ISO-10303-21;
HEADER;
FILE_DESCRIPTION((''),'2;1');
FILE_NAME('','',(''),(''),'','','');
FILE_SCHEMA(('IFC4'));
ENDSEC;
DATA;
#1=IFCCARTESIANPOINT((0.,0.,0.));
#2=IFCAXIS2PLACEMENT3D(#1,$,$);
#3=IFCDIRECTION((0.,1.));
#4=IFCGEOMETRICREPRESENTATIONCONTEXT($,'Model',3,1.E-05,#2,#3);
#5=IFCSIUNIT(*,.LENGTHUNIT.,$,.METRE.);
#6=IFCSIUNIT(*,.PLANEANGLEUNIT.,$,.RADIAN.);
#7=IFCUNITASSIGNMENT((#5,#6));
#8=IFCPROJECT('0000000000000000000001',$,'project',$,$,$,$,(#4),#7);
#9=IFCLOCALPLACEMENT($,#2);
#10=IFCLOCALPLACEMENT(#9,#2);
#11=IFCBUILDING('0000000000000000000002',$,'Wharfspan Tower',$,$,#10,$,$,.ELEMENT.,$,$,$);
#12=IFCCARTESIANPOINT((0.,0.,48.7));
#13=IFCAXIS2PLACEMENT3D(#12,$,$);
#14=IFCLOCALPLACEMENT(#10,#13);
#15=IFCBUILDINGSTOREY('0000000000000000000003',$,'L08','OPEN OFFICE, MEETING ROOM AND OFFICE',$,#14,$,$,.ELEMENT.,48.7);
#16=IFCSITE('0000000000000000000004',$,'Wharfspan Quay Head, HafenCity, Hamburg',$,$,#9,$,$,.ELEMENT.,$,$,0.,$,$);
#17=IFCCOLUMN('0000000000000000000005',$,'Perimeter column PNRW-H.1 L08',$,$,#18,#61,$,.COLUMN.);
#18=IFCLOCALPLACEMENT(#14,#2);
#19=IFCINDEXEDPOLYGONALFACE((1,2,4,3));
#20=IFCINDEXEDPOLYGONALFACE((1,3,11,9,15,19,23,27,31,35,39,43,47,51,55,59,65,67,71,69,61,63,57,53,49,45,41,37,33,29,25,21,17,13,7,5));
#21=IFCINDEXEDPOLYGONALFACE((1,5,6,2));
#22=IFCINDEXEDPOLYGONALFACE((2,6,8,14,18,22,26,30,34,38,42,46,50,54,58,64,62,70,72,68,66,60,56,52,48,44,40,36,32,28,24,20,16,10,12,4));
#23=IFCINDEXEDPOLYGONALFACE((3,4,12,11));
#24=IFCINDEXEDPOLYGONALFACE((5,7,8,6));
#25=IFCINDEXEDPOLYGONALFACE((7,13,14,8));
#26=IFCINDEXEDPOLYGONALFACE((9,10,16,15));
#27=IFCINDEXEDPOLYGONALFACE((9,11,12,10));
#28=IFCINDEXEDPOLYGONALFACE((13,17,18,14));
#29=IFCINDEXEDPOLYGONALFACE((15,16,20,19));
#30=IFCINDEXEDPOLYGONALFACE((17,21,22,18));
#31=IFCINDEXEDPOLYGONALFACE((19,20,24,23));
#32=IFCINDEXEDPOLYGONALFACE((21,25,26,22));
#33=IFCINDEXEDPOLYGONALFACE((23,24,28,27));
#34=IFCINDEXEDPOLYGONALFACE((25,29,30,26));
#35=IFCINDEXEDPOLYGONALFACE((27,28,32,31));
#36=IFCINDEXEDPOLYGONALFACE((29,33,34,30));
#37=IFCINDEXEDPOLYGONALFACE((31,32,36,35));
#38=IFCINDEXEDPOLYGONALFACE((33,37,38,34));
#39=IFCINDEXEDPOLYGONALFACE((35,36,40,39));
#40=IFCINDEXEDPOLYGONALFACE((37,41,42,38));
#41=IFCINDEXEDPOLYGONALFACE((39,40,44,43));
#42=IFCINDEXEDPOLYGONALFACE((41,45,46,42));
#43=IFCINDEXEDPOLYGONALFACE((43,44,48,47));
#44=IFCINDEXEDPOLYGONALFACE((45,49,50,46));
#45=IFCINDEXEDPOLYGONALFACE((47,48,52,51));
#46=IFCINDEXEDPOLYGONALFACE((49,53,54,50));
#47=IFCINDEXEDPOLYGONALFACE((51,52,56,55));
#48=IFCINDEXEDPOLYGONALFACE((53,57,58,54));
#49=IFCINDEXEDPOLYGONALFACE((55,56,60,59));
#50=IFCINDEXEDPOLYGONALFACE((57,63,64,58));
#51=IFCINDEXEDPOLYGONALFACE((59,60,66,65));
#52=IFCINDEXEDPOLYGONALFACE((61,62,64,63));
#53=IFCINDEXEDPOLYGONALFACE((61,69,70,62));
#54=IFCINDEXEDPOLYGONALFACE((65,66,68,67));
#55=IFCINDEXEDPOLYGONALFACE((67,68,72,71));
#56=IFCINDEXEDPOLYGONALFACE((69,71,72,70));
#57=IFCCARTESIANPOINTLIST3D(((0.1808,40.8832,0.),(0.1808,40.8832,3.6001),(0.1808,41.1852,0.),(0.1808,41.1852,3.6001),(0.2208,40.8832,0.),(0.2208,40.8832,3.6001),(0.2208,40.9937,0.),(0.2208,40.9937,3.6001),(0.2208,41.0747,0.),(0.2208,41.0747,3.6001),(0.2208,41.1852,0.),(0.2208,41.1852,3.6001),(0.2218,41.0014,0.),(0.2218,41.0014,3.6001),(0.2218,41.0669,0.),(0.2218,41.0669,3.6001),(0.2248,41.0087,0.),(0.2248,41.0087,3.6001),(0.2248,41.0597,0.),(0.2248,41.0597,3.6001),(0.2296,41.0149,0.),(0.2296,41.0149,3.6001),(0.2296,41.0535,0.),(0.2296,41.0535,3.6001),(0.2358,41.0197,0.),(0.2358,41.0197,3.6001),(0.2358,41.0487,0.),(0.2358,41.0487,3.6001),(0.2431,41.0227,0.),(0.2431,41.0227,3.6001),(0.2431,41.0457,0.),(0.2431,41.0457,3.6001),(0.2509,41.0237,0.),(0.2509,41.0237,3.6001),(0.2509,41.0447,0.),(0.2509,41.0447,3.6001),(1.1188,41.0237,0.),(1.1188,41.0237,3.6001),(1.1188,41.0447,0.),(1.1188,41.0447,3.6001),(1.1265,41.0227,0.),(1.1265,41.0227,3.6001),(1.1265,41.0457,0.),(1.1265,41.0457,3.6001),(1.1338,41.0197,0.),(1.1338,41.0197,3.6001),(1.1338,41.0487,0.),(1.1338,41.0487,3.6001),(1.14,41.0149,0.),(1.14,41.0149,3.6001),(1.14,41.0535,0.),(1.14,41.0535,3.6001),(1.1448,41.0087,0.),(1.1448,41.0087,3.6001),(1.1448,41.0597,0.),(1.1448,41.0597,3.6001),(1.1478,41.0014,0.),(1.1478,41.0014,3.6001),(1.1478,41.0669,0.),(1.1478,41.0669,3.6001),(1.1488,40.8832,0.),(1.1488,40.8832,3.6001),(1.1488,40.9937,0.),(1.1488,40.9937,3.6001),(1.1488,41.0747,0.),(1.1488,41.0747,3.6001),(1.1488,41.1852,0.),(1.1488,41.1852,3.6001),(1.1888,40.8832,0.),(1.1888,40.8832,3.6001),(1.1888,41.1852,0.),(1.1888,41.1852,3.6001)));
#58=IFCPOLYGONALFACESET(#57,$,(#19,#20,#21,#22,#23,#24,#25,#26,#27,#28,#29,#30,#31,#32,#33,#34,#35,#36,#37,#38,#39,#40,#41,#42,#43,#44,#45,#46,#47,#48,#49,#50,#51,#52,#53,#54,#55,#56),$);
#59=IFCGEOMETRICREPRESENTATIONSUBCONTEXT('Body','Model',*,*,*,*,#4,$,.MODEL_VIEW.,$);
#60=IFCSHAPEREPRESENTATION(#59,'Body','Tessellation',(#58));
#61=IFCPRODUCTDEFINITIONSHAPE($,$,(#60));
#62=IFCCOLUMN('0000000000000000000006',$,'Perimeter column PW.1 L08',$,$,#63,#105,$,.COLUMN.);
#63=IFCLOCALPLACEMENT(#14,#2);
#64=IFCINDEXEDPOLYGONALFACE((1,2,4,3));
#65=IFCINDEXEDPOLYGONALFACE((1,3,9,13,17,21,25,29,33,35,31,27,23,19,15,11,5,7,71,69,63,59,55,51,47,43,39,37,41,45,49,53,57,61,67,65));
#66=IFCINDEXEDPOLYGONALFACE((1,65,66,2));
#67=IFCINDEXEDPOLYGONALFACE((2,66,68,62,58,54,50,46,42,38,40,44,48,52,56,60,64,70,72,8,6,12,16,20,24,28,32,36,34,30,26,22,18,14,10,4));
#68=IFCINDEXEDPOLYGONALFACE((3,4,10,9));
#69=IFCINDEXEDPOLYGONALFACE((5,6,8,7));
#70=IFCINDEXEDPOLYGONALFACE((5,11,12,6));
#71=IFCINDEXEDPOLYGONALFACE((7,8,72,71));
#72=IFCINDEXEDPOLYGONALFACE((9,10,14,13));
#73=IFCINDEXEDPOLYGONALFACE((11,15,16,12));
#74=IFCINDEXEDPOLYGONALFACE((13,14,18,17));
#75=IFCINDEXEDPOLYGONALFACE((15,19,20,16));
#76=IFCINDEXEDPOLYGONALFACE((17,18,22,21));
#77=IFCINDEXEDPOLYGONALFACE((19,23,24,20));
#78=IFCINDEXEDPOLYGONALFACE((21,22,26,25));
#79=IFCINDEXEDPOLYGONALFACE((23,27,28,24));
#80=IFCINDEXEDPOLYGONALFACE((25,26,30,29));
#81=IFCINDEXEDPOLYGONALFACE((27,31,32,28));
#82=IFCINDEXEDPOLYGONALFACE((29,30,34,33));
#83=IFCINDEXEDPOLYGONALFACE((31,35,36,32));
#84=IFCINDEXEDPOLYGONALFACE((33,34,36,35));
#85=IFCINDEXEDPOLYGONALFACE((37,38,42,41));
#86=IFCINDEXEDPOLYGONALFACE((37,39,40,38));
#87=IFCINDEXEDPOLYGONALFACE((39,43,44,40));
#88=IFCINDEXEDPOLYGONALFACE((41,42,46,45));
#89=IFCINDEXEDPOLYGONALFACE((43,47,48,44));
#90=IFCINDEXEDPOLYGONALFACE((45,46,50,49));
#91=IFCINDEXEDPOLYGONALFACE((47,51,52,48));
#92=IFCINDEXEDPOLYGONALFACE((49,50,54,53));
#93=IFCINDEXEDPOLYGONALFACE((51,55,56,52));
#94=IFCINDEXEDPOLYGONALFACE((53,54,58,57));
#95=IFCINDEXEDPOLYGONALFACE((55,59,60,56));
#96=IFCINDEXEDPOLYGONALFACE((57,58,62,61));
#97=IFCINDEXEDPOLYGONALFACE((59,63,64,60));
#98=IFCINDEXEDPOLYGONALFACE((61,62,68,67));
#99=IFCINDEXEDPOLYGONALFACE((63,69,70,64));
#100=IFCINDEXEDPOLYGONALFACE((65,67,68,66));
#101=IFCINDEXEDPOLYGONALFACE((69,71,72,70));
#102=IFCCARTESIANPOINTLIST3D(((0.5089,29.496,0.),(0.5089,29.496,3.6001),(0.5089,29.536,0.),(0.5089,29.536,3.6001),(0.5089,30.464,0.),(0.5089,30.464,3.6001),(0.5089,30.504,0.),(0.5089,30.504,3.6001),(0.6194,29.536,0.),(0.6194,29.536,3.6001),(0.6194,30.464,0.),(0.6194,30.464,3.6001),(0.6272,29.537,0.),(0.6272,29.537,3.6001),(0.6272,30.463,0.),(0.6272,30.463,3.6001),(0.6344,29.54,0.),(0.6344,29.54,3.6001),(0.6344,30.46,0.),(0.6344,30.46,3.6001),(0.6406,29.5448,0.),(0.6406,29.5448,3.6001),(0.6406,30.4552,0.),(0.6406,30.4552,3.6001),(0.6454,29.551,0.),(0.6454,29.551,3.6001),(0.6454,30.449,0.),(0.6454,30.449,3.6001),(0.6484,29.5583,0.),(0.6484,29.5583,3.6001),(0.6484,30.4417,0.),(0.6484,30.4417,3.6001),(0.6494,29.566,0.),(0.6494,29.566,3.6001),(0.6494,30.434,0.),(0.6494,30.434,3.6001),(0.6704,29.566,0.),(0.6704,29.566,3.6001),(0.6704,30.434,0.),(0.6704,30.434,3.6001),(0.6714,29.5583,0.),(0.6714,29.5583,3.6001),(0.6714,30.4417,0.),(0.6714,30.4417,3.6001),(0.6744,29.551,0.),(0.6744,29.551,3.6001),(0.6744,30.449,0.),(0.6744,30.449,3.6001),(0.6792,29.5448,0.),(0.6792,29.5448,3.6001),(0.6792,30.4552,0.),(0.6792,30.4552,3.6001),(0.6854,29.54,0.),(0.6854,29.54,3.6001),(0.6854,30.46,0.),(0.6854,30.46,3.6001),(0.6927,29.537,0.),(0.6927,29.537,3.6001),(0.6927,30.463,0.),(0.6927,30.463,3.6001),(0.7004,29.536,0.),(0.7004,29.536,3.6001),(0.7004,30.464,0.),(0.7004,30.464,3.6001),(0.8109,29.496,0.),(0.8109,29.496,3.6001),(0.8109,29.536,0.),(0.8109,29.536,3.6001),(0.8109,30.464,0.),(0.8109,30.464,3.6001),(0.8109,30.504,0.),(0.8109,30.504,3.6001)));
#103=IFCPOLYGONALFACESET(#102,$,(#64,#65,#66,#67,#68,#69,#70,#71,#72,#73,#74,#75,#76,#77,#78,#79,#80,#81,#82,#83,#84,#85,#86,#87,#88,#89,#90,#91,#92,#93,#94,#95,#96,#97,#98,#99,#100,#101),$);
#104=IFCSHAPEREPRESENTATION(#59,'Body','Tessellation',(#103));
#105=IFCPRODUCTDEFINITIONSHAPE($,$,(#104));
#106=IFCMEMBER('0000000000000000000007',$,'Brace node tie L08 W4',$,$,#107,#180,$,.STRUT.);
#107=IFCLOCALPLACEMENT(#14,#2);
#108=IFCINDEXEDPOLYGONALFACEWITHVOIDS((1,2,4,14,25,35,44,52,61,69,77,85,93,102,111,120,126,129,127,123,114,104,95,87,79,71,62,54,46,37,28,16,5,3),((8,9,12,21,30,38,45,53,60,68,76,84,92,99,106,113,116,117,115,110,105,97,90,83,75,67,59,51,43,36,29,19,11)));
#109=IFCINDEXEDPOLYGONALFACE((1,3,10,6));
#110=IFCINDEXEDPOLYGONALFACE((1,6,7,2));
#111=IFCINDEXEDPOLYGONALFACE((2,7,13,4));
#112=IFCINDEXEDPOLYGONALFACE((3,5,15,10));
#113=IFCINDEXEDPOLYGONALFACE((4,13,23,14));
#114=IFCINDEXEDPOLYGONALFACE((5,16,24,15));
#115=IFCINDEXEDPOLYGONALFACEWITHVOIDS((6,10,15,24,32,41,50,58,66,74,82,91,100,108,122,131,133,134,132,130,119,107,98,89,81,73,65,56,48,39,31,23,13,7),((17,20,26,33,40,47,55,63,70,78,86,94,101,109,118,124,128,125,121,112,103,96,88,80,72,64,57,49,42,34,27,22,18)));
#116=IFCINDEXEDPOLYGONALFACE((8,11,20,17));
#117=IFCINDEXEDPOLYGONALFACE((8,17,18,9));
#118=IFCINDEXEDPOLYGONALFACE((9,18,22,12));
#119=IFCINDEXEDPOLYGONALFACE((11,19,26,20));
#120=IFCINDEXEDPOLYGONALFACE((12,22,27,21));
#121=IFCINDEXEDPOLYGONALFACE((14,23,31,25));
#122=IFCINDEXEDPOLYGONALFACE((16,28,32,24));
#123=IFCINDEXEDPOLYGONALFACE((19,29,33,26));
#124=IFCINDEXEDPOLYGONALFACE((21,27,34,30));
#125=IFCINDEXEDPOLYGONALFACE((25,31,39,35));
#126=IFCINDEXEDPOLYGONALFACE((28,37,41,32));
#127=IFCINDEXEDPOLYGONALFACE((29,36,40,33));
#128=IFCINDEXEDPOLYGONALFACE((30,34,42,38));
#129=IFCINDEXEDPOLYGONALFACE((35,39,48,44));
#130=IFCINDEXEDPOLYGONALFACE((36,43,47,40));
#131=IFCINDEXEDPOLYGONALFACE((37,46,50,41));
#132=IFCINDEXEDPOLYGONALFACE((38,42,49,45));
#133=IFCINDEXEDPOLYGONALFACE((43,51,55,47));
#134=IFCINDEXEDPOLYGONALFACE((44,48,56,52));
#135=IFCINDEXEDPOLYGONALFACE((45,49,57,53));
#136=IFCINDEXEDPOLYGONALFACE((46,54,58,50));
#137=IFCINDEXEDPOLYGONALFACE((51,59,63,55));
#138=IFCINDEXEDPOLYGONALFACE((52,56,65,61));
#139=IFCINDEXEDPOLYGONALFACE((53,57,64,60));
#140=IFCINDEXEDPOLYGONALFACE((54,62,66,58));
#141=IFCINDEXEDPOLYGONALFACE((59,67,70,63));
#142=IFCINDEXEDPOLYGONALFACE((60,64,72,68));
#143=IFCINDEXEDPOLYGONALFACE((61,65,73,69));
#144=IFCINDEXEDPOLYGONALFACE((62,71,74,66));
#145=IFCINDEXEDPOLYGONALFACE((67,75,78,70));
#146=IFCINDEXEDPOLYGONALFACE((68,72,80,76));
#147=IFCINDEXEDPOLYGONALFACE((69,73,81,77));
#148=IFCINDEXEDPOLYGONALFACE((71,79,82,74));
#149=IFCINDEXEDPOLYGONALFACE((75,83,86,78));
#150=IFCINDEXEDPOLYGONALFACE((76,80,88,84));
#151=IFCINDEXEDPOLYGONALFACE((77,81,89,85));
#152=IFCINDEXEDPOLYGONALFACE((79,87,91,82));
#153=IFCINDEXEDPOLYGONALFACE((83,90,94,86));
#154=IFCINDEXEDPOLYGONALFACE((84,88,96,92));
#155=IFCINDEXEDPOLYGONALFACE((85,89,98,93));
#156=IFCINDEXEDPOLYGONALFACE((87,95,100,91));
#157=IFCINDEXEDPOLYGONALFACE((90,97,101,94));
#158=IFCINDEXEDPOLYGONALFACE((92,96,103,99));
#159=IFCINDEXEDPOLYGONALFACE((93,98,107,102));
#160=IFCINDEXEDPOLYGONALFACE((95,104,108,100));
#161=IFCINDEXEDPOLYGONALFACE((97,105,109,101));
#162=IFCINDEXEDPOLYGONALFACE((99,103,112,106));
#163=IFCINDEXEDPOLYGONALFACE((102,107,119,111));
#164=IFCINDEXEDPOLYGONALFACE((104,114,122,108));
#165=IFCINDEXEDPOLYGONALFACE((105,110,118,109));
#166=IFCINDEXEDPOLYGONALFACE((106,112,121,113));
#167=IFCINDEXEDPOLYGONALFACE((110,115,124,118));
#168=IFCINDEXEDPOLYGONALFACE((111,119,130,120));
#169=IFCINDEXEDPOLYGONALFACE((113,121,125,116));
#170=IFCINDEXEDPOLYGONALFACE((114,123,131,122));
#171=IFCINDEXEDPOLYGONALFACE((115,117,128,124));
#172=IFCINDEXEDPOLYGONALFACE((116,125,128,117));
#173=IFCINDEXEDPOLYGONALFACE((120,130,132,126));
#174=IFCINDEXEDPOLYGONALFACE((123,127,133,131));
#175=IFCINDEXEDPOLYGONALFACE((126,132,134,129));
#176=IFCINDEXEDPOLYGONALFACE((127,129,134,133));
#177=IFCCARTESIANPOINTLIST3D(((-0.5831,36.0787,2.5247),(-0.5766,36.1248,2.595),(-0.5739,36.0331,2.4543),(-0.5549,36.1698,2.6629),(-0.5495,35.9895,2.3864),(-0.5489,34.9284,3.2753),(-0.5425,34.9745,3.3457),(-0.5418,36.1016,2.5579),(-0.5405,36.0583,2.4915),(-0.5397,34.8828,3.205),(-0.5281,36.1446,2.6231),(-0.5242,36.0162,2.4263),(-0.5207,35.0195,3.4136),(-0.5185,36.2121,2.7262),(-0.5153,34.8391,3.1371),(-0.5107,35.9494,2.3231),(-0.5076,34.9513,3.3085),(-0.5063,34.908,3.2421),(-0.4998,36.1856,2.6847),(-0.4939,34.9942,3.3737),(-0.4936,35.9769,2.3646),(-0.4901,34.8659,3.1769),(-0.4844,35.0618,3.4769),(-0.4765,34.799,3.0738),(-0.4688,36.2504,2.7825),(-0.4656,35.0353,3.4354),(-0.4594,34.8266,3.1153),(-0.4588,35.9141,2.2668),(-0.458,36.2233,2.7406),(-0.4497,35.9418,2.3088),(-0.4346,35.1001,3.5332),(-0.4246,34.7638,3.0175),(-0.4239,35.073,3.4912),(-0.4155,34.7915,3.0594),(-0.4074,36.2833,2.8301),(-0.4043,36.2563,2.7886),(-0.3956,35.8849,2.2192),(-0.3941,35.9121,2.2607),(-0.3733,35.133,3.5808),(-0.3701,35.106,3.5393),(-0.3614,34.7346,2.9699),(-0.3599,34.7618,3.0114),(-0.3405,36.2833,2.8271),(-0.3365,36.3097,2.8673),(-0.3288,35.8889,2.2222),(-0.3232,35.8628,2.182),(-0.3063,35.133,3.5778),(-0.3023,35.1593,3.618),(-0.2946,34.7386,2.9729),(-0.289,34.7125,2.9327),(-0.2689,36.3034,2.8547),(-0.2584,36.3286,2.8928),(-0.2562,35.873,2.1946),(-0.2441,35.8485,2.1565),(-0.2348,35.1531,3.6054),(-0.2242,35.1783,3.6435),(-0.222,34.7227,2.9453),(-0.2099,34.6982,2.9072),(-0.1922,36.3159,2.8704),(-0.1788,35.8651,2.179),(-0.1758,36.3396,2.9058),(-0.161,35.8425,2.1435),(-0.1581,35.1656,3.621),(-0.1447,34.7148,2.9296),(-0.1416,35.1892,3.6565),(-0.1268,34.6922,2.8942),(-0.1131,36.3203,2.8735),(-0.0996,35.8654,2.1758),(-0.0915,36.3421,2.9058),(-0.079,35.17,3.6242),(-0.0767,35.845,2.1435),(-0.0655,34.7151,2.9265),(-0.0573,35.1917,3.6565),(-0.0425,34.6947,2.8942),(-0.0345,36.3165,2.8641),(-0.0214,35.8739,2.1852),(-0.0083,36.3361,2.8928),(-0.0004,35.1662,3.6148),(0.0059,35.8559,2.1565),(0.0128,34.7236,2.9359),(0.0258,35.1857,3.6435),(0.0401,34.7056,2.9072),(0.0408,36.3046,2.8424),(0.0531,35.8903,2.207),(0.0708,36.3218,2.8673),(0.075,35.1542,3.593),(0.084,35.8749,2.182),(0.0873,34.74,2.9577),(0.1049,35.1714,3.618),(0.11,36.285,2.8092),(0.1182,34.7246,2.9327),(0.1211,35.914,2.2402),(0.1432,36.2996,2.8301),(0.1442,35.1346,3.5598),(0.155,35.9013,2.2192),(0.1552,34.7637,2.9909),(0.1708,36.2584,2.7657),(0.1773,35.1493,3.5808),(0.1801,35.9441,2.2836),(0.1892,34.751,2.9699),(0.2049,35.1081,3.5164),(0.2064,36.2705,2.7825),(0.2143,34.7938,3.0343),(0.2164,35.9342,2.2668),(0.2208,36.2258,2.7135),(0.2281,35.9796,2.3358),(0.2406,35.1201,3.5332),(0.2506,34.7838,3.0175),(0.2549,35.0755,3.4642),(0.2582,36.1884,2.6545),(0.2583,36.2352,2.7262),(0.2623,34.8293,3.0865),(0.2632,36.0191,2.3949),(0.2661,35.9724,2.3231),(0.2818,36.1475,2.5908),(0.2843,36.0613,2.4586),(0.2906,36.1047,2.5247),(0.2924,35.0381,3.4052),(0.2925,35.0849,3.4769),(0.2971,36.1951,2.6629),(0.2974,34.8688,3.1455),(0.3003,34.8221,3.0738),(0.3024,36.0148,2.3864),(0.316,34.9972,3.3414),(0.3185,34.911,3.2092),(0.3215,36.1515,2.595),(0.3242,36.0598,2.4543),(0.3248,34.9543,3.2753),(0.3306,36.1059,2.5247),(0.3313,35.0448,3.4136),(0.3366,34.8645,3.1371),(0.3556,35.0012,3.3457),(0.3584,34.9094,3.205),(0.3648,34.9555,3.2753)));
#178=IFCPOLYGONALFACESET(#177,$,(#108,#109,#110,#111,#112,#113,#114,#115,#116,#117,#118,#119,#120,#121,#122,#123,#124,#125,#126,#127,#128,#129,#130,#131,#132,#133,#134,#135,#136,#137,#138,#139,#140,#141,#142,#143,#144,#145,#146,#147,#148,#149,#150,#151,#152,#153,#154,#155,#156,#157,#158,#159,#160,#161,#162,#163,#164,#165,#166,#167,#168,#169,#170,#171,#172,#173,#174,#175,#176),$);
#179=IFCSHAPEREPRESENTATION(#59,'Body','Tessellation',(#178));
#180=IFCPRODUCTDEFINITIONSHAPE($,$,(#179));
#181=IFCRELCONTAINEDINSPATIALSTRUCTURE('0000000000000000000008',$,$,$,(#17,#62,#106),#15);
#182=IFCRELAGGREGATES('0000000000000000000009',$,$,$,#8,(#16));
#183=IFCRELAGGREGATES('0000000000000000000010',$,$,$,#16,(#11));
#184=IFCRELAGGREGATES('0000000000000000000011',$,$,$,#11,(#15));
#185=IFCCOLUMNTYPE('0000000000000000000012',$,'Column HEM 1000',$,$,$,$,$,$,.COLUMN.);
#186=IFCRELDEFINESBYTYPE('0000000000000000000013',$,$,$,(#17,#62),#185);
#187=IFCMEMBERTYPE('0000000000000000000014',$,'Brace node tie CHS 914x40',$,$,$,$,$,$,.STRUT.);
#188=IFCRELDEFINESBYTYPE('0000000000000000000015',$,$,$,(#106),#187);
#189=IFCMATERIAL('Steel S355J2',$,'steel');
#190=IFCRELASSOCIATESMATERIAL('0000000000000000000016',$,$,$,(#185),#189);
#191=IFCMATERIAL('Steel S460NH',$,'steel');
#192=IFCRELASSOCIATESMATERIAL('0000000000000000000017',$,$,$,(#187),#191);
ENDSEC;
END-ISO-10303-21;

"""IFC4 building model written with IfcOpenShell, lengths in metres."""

from ifc_helpers import new_model, si_unit, direction, frame, origin, origin_2d, place, context, subcontext, project, spatial, hollow_circle, i_section, extrude, material, material_profile, profile_set, type_object, element, save


model = new_model("IFC4")

# Units and contexts
model_context = context("Model", 3, precision=1e-05, world=origin(), true_north=direction((0.0, 1.0)))
body_context = subcontext(model_context, "Body", "Model", "MODEL_VIEW")
ifc_project = project(units=[si_unit("LENGTHUNIT", "METRE"), si_unit("PLANEANGLEUNIT", "RADIAN")], contexts=[model_context])

# Site, building, storey
site_placement = place(None, origin())
site = spatial("IfcSite", under=ifc_project, at=site_placement, Name="Wharfspan Quay Head, HafenCity, Hamburg", CompositionType="ELEMENT", RefElevation=0.0)
building_placement = place(site_placement, origin())
building = spatial("IfcBuilding", under=site, at=building_placement, Name="Wharfspan Tower", CompositionType="ELEMENT")
storey_placement = place(building_placement, frame((0.0, 0.0, 48.7)))
storey = spatial("IfcBuildingStorey", under=building, at=storey_placement, Name="L08", Description="OPEN OFFICE, MEETING ROOM AND OFFICE", CompositionType="ELEMENT", Elevation=48.7)

# Columns
ifc_material_1 = material(Name="Steel S355J2", Category="steel")
ifc_material_profile_1 = material_profile(ifc_material_1, i_section(OverallWidth=0.302, OverallDepth=1.0081, WebThickness=0.021, FlangeThickness=0.04, FilletRadius=0.03, at=origin_2d()))
ifc_profile_set_1 = profile_set([ifc_material_profile_1], Name="Steel S355J2")
column_type = type_object("IfcColumnType", Name="Column HEM 1000", PredefinedType="COLUMN", material=ifc_profile_set_1)
for number, where, z_axis, x_axis, name in (
    (1, (0.6848, 41.0342, 0.0), (0.0, 0.0, 1.0), (0.0, 1.0, 0.0), "Perimeter column PNRW-H.1 L08"),
    (2, (0.6599, 30.0, 0.0), (0.0, 0.0, 1.0), (-1.0, 0.0, 0.0), "Perimeter column PW.1 L08"),
):
    element("IfcColumn", number, at=place(storey_placement, frame(where, z_axis=z_axis, x_axis=x_axis)), inside=storey, type_object=column_type, Name=name, PredefinedType="COLUMN", context=body_context, shape_type="SweptSolid", body=[
        extrude(i_section(OverallWidth=0.302, OverallDepth=1.0081, WebThickness=0.021, FlangeThickness=0.04, FilletRadius=0.03, at=origin_2d()), origin(), (0.0, 0.0, 1.0), 3.6001),
    ])

# Member
ifc_material_2 = material(Name="Steel S460NH", Category="steel")
ifc_material_profile_2 = material_profile(ifc_material_2, hollow_circle(Radius=0.457, WallThickness=0.04, at=origin_2d()))
ifc_profile_set_2 = profile_set([ifc_material_profile_2], Name="Steel S460NH")
member_type_1 = type_object("IfcMemberType", Name="Brace node tie CHS 914x40", PredefinedType="STRUT", material=ifc_profile_set_2)
member_1_placement = place(storey_placement, frame((-0.1262, 36.0923, 2.5247), z_axis=(0.024874, -0.837192, 0.546343), x_axis=(0.999555, 0.029698, 0.0)))
element("IfcMember", 3, at=member_1_placement, inside=storey, type_object=member_type_1, Name="Brace node tie L08 W4", PredefinedType="STRUT", context=body_context, shape_type="SweptSolid", body=[
    extrude(hollow_circle(Radius=0.457, WallThickness=0.04, at=origin_2d()), origin(), (0.0, 0.0, 1.0), 1.374),
])

save(model, "model.ifc")
